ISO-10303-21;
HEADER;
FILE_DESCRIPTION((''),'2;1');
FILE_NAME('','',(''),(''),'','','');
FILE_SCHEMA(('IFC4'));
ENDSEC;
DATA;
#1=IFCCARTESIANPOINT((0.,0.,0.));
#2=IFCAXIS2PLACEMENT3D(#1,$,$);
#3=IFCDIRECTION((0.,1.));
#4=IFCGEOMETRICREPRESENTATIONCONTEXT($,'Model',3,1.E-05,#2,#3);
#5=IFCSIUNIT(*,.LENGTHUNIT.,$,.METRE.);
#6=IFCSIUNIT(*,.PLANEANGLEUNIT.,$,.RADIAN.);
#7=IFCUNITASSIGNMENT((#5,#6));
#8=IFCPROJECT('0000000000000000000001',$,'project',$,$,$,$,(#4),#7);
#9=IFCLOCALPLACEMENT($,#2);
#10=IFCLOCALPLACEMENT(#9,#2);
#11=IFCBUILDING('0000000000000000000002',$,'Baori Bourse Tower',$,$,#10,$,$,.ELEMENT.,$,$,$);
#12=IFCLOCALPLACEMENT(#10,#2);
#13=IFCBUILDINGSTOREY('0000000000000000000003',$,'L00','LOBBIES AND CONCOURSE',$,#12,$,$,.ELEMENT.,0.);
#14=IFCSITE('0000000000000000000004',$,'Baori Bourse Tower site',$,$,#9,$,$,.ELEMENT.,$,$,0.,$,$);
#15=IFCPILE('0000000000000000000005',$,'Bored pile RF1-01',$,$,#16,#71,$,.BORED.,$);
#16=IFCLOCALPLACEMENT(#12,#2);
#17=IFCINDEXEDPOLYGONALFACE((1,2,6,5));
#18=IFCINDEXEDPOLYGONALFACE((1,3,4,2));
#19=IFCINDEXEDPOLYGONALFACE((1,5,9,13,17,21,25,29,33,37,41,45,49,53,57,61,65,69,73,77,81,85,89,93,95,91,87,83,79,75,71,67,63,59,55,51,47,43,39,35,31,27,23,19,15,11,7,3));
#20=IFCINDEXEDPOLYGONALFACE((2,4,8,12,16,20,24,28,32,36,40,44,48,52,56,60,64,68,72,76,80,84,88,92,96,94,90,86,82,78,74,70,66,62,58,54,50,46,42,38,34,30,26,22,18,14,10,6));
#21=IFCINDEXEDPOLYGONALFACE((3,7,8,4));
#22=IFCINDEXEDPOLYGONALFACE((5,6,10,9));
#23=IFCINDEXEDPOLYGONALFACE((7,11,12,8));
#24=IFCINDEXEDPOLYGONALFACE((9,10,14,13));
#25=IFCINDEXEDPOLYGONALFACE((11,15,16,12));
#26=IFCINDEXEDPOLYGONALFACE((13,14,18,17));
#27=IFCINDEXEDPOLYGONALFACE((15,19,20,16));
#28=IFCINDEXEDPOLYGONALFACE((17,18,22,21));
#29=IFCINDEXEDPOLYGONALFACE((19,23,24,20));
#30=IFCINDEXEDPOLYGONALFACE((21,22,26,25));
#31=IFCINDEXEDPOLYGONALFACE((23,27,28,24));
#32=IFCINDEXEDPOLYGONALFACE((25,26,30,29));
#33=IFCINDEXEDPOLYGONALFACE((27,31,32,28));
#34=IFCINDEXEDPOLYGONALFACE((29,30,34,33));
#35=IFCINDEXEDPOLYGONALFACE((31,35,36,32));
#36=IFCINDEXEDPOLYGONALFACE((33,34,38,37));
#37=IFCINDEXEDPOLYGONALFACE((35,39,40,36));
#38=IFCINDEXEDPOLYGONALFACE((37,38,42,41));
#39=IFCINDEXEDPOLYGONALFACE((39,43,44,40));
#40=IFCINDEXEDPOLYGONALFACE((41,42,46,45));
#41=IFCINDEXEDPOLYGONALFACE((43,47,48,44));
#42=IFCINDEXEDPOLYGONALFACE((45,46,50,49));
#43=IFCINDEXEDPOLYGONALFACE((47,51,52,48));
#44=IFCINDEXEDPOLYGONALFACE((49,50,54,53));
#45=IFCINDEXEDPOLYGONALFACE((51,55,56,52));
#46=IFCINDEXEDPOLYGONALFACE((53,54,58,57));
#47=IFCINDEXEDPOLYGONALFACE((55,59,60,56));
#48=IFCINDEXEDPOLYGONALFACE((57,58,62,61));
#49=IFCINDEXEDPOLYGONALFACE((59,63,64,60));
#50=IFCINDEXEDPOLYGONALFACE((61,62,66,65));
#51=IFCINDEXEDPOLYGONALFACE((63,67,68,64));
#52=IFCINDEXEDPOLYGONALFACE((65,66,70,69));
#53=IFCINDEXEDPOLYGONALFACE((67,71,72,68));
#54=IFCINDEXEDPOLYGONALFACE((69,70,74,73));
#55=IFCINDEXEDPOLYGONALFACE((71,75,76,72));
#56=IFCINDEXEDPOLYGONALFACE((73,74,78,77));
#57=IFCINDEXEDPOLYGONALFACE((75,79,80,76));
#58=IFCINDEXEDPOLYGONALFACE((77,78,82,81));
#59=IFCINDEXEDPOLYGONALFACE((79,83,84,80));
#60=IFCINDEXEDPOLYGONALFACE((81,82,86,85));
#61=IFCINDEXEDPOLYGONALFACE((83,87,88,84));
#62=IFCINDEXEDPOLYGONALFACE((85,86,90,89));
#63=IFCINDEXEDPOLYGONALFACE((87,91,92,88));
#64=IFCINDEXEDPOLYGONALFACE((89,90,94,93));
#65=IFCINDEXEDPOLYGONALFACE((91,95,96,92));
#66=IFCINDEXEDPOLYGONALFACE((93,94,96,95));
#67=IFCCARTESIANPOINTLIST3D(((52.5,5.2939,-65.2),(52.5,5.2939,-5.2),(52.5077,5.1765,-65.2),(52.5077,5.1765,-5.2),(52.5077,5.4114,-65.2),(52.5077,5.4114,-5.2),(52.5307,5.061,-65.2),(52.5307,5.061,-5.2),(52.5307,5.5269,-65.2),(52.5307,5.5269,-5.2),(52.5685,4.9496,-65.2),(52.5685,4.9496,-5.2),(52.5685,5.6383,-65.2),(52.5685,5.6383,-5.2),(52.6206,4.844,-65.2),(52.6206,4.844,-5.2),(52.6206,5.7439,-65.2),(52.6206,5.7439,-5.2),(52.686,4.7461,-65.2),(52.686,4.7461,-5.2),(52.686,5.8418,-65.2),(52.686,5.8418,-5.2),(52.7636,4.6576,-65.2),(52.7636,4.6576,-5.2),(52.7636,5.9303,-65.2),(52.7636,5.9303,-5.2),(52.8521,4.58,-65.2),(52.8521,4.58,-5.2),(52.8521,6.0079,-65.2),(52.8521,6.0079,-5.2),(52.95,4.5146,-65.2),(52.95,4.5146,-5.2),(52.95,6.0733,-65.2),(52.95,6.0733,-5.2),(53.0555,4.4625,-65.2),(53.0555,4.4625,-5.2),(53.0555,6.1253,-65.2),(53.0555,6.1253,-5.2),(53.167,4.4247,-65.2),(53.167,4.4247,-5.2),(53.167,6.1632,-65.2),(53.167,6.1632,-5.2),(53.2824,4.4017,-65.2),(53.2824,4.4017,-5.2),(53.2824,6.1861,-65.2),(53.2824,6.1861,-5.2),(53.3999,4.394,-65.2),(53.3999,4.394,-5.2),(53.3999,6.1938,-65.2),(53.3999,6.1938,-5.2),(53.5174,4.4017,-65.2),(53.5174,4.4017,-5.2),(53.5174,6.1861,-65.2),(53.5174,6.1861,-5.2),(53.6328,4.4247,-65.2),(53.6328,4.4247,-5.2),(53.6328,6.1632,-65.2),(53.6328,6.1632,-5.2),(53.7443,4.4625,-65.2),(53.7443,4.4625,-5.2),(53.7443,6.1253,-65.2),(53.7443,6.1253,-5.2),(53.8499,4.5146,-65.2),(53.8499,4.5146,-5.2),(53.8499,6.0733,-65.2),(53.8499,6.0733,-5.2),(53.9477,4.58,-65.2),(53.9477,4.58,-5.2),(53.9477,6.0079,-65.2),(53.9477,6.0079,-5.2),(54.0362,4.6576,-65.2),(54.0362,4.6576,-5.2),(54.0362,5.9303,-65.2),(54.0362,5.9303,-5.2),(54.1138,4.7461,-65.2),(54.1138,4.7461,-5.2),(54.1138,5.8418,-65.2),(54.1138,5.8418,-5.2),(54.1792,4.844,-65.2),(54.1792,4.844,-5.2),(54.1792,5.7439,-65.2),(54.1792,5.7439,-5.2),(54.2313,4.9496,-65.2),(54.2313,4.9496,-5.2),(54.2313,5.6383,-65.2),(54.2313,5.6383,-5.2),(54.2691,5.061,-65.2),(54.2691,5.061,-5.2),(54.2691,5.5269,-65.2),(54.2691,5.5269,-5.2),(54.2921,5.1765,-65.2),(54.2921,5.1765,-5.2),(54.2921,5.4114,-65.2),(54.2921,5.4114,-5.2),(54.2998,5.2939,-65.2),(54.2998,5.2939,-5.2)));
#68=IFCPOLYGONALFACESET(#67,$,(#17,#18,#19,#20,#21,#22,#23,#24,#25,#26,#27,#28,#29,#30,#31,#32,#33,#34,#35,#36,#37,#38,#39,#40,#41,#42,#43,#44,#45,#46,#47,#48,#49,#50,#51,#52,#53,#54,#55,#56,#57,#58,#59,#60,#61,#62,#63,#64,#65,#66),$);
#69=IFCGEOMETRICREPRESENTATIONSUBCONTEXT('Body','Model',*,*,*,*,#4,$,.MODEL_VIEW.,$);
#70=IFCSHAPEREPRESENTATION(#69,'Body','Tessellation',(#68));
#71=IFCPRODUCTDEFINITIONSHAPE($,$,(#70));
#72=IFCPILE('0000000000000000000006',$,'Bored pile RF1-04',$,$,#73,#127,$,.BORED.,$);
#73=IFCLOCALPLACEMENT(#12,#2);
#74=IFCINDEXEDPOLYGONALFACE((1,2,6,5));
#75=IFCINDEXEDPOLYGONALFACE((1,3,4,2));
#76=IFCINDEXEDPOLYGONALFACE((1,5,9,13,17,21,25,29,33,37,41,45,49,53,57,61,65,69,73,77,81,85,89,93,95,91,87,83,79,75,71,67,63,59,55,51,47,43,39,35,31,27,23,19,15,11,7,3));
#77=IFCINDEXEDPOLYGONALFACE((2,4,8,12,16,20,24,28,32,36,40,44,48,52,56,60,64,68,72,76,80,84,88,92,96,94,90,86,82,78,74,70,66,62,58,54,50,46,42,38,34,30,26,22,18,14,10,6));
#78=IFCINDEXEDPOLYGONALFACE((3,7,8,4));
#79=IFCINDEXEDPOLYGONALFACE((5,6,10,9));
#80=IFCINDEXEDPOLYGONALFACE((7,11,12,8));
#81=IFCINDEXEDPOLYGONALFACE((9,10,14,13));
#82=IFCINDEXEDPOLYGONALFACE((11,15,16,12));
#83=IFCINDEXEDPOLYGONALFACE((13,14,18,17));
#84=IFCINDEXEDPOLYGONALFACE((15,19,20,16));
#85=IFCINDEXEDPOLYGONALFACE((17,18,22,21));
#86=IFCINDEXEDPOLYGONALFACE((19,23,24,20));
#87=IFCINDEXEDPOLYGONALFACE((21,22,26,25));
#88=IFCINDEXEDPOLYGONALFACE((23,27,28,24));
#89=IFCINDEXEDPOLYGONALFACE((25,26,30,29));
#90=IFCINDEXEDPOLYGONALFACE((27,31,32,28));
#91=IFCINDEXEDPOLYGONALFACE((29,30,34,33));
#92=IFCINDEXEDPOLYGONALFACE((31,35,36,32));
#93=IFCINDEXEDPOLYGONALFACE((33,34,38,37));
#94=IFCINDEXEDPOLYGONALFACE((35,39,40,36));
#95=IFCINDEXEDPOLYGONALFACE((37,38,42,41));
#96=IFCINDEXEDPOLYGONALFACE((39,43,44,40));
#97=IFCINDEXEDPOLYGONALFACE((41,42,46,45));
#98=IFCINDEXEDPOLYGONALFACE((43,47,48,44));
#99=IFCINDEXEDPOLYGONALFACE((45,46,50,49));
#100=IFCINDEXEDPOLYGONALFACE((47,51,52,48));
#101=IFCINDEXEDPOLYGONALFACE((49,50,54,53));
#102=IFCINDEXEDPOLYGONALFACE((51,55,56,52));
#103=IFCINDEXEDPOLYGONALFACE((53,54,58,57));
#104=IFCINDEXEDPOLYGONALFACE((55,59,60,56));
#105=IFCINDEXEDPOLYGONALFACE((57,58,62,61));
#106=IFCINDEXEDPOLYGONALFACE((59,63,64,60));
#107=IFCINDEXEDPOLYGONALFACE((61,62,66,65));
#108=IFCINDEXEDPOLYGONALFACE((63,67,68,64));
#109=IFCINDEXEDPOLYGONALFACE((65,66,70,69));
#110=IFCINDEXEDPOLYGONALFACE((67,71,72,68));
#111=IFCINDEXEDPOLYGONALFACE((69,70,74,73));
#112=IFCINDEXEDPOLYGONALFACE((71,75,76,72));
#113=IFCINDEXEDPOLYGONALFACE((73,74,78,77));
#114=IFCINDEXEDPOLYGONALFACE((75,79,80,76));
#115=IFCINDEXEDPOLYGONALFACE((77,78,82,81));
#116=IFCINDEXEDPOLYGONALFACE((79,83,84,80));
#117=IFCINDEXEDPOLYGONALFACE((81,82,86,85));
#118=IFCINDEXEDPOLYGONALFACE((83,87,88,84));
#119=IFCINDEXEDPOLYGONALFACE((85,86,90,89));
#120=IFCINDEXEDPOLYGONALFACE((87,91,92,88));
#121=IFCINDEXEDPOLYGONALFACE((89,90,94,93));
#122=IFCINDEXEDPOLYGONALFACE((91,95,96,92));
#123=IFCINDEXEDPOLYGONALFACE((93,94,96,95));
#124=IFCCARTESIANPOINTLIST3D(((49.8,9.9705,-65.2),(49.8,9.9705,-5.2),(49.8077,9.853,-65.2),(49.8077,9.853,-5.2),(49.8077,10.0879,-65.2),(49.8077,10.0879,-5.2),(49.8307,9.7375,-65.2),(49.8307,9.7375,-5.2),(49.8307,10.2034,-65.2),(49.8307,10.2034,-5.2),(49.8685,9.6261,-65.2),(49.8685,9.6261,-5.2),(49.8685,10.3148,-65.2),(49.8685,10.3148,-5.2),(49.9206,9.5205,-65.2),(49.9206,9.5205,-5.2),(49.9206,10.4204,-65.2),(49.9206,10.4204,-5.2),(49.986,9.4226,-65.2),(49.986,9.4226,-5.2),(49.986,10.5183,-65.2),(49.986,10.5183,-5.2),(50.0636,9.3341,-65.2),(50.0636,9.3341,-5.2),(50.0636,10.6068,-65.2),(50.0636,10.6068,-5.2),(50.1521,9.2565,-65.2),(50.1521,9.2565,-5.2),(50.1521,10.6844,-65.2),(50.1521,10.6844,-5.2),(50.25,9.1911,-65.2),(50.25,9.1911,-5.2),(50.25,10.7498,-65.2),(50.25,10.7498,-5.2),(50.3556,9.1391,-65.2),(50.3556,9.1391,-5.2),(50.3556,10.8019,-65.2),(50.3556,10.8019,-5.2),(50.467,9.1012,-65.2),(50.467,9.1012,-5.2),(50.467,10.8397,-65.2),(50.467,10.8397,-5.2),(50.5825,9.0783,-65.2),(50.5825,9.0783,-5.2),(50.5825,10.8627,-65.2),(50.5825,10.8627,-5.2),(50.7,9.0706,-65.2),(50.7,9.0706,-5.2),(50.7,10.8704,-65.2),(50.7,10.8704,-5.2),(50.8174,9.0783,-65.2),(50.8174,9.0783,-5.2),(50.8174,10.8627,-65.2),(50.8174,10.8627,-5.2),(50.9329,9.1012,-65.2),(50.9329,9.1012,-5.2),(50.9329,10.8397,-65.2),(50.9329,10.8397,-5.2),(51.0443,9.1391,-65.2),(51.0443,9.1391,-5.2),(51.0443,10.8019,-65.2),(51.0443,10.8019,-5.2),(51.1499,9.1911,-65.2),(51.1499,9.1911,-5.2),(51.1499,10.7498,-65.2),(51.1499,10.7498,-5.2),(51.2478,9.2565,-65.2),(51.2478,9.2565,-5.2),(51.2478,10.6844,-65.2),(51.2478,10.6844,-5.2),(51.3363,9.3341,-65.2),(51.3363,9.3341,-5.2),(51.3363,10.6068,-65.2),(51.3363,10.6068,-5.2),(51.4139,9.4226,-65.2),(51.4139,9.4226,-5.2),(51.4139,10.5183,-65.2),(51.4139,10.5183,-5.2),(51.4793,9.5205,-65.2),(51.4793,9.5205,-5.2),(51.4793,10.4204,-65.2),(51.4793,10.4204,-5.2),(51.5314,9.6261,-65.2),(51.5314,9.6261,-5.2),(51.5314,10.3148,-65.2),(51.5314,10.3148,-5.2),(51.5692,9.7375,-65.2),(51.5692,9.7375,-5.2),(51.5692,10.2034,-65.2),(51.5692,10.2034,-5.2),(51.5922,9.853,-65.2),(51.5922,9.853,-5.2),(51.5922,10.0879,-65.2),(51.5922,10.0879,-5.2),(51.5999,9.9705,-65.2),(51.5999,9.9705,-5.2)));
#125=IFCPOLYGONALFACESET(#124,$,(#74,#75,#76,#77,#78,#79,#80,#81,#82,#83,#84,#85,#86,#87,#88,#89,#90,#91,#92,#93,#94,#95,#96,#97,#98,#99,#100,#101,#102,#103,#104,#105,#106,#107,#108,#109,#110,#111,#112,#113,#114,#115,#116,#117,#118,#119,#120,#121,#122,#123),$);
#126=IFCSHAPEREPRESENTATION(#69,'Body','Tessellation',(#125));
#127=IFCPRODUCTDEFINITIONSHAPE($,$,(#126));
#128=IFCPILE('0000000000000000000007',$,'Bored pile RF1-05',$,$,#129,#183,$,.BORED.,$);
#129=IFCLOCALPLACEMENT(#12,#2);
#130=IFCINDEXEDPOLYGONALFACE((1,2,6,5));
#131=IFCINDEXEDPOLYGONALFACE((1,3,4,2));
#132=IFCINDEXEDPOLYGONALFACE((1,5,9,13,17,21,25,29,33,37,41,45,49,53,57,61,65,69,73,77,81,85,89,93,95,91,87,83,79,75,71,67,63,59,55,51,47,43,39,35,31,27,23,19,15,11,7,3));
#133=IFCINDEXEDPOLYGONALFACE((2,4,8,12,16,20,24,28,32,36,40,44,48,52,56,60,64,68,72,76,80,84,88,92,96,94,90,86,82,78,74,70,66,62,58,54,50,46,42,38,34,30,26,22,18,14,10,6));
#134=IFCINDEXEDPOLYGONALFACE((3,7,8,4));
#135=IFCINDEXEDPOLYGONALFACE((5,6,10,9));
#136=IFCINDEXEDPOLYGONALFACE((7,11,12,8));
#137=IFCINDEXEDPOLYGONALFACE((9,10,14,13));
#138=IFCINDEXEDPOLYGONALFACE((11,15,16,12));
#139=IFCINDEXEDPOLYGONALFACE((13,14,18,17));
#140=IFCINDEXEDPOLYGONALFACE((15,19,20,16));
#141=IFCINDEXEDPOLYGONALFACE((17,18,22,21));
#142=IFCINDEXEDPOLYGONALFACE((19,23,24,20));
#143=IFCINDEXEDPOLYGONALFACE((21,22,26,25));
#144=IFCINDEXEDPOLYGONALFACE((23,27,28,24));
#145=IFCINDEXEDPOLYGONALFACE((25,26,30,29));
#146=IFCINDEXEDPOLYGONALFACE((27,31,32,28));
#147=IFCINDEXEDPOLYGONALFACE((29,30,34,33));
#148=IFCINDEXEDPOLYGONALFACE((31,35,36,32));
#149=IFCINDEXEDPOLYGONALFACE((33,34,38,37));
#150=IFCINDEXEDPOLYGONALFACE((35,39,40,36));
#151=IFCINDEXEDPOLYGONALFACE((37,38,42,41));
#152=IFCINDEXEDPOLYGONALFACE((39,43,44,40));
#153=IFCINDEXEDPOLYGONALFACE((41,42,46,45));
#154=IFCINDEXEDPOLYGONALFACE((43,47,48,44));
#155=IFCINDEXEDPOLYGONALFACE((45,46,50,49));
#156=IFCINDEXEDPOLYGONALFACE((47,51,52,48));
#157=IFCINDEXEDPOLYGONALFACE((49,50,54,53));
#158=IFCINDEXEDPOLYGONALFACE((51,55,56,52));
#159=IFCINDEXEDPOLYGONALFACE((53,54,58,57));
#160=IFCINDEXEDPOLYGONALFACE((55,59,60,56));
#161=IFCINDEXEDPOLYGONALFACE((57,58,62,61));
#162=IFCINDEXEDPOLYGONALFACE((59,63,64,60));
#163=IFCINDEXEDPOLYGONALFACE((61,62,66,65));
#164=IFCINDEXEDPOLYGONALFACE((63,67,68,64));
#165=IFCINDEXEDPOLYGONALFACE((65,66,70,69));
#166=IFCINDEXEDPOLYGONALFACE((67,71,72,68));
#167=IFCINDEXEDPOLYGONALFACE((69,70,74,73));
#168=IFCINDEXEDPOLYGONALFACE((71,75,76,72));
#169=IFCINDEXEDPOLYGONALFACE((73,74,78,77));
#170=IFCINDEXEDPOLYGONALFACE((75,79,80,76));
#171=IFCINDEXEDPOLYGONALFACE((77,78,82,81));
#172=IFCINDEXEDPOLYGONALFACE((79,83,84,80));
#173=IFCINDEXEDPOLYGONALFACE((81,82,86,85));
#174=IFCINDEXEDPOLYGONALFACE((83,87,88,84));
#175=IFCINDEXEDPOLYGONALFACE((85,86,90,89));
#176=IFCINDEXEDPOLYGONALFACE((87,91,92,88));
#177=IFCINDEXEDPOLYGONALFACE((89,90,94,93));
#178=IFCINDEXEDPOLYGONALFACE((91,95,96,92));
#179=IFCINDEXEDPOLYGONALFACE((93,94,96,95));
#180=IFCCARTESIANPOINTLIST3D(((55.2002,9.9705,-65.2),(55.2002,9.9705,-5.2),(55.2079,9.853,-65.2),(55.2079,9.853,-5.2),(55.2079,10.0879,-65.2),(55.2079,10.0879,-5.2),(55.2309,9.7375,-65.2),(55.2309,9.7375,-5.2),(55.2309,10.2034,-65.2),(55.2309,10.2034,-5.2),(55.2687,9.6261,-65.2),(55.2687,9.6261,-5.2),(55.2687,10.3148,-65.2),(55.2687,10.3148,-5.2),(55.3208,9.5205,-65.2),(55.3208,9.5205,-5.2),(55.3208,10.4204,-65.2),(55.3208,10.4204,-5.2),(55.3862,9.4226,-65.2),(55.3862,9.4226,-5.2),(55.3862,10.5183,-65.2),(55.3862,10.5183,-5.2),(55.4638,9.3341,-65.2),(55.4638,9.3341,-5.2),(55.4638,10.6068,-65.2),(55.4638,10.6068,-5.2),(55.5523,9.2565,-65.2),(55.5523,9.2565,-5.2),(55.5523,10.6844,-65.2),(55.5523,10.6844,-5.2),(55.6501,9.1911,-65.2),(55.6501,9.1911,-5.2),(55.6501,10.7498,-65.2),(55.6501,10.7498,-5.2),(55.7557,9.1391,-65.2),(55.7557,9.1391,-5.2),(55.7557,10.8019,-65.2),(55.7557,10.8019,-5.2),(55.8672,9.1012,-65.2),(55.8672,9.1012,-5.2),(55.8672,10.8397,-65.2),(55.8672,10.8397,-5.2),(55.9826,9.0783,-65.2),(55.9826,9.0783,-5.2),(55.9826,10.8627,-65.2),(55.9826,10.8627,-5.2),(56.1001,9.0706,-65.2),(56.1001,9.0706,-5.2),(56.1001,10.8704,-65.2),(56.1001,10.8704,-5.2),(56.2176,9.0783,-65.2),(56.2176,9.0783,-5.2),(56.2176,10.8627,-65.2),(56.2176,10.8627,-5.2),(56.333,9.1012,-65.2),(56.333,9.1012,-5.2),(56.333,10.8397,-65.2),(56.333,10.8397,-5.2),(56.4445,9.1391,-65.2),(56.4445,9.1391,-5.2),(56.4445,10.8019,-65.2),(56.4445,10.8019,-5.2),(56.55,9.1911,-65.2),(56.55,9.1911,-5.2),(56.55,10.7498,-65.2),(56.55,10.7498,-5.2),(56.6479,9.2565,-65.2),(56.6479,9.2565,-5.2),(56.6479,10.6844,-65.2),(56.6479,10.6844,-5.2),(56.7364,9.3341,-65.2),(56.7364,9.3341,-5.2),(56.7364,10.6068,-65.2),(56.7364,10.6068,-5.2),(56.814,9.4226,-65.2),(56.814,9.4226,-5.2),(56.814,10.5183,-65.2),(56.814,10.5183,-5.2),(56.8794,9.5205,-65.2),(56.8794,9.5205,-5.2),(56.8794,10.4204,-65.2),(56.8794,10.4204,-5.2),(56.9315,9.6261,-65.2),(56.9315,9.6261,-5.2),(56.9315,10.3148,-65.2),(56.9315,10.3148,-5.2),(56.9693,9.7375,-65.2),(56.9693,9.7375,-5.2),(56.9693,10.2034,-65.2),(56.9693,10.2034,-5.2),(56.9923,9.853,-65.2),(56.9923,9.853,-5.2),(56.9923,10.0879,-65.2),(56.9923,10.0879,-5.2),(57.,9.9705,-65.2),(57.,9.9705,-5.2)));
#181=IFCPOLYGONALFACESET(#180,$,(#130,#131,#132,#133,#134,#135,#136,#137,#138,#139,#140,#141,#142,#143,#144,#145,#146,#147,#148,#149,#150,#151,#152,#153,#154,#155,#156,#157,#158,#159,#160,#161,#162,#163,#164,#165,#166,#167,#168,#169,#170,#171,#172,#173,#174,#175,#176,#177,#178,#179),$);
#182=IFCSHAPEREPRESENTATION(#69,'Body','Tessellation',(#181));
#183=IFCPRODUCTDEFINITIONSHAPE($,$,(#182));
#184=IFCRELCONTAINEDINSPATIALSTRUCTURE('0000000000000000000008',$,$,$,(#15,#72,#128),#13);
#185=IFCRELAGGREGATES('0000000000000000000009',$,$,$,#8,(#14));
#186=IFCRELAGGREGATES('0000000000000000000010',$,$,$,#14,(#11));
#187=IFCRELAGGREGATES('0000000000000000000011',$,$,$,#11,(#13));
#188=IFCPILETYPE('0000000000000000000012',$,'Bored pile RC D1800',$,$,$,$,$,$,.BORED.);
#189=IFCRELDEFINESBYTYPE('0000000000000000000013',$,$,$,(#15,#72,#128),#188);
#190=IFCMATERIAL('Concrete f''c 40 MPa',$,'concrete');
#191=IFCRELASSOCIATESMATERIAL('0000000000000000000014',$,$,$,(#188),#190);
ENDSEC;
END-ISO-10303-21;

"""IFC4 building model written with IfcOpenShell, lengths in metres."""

from ifc_helpers import new_model, si_unit, direction, frame, origin, origin_2d, place, context, subcontext, project, spatial, circle, extrude, material, material_profile, profile_set, type_object, element, save


model = new_model("IFC4")

# Units and contexts
model_context = context("Model", 3, precision=1e-05, world=origin(), true_north=direction((0.0, 1.0)))
body_context = subcontext(model_context, "Body", "Model", "MODEL_VIEW")
ifc_project = project(units=[si_unit("LENGTHUNIT", "METRE"), si_unit("PLANEANGLEUNIT", "RADIAN")], contexts=[model_context])

# Site, building, storey
site_placement = place(None, origin())
site = spatial("IfcSite", under=ifc_project, at=site_placement, Name="Baori Bourse Tower site", CompositionType="ELEMENT", RefElevation=0.0)
building_placement = place(site_placement, origin())
building = spatial("IfcBuilding", under=site, at=building_placement, Name="Baori Bourse Tower", CompositionType="ELEMENT")
storey_placement = place(building_placement, origin())
storey = spatial("IfcBuildingStorey", under=building, at=storey_placement, Name="L00", Description="LOBBIES AND CONCOURSE", CompositionType="ELEMENT", Elevation=0.0)

# Piles
ifc_material_1 = material(Name="Concrete f'c 40 MPa", Category="concrete")
ifc_material_profile_1 = material_profile(ifc_material_1, circle(Radius=0.8999, at=origin_2d()), Name="RC D1800")
ifc_profile_set_1 = profile_set([ifc_material_profile_1], Name="Concrete f'c 40 MPa")
pile_type = type_object("IfcPileType", Name="Bored pile RC D1800", PredefinedType="BORED", material=ifc_profile_set_1)
for number, where, z_axis, x_axis, name in (
    (1, (53.3999, 5.2939, -5.2), (0.0, 0.0, -1.0), (1.0, 0.0, 0.0), "Bored pile RF1-01"),
    (2, (50.7, 9.9705, -5.2), (0.0, 0.0, -1.0), (1.0, 0.0, 0.0), "Bored pile RF1-04"),
    (3, (56.1001, 9.9705, -5.2), (0.0, 0.0, -1.0), (1.0, 0.0, 0.0), "Bored pile RF1-05"),
):
    element("IfcPile", number, at=place(storey_placement, frame(where, z_axis=z_axis, x_axis=x_axis)), inside=storey, type_object=pile_type, Name=name, PredefinedType="BORED", context=body_context, shape_type="SweptSolid", body=[
        extrude(circle(Radius=0.8999, at=origin_2d()), origin(), (0.0, 0.0, 1.0), 60.0),
    ])

save(model, "model.ifc")
